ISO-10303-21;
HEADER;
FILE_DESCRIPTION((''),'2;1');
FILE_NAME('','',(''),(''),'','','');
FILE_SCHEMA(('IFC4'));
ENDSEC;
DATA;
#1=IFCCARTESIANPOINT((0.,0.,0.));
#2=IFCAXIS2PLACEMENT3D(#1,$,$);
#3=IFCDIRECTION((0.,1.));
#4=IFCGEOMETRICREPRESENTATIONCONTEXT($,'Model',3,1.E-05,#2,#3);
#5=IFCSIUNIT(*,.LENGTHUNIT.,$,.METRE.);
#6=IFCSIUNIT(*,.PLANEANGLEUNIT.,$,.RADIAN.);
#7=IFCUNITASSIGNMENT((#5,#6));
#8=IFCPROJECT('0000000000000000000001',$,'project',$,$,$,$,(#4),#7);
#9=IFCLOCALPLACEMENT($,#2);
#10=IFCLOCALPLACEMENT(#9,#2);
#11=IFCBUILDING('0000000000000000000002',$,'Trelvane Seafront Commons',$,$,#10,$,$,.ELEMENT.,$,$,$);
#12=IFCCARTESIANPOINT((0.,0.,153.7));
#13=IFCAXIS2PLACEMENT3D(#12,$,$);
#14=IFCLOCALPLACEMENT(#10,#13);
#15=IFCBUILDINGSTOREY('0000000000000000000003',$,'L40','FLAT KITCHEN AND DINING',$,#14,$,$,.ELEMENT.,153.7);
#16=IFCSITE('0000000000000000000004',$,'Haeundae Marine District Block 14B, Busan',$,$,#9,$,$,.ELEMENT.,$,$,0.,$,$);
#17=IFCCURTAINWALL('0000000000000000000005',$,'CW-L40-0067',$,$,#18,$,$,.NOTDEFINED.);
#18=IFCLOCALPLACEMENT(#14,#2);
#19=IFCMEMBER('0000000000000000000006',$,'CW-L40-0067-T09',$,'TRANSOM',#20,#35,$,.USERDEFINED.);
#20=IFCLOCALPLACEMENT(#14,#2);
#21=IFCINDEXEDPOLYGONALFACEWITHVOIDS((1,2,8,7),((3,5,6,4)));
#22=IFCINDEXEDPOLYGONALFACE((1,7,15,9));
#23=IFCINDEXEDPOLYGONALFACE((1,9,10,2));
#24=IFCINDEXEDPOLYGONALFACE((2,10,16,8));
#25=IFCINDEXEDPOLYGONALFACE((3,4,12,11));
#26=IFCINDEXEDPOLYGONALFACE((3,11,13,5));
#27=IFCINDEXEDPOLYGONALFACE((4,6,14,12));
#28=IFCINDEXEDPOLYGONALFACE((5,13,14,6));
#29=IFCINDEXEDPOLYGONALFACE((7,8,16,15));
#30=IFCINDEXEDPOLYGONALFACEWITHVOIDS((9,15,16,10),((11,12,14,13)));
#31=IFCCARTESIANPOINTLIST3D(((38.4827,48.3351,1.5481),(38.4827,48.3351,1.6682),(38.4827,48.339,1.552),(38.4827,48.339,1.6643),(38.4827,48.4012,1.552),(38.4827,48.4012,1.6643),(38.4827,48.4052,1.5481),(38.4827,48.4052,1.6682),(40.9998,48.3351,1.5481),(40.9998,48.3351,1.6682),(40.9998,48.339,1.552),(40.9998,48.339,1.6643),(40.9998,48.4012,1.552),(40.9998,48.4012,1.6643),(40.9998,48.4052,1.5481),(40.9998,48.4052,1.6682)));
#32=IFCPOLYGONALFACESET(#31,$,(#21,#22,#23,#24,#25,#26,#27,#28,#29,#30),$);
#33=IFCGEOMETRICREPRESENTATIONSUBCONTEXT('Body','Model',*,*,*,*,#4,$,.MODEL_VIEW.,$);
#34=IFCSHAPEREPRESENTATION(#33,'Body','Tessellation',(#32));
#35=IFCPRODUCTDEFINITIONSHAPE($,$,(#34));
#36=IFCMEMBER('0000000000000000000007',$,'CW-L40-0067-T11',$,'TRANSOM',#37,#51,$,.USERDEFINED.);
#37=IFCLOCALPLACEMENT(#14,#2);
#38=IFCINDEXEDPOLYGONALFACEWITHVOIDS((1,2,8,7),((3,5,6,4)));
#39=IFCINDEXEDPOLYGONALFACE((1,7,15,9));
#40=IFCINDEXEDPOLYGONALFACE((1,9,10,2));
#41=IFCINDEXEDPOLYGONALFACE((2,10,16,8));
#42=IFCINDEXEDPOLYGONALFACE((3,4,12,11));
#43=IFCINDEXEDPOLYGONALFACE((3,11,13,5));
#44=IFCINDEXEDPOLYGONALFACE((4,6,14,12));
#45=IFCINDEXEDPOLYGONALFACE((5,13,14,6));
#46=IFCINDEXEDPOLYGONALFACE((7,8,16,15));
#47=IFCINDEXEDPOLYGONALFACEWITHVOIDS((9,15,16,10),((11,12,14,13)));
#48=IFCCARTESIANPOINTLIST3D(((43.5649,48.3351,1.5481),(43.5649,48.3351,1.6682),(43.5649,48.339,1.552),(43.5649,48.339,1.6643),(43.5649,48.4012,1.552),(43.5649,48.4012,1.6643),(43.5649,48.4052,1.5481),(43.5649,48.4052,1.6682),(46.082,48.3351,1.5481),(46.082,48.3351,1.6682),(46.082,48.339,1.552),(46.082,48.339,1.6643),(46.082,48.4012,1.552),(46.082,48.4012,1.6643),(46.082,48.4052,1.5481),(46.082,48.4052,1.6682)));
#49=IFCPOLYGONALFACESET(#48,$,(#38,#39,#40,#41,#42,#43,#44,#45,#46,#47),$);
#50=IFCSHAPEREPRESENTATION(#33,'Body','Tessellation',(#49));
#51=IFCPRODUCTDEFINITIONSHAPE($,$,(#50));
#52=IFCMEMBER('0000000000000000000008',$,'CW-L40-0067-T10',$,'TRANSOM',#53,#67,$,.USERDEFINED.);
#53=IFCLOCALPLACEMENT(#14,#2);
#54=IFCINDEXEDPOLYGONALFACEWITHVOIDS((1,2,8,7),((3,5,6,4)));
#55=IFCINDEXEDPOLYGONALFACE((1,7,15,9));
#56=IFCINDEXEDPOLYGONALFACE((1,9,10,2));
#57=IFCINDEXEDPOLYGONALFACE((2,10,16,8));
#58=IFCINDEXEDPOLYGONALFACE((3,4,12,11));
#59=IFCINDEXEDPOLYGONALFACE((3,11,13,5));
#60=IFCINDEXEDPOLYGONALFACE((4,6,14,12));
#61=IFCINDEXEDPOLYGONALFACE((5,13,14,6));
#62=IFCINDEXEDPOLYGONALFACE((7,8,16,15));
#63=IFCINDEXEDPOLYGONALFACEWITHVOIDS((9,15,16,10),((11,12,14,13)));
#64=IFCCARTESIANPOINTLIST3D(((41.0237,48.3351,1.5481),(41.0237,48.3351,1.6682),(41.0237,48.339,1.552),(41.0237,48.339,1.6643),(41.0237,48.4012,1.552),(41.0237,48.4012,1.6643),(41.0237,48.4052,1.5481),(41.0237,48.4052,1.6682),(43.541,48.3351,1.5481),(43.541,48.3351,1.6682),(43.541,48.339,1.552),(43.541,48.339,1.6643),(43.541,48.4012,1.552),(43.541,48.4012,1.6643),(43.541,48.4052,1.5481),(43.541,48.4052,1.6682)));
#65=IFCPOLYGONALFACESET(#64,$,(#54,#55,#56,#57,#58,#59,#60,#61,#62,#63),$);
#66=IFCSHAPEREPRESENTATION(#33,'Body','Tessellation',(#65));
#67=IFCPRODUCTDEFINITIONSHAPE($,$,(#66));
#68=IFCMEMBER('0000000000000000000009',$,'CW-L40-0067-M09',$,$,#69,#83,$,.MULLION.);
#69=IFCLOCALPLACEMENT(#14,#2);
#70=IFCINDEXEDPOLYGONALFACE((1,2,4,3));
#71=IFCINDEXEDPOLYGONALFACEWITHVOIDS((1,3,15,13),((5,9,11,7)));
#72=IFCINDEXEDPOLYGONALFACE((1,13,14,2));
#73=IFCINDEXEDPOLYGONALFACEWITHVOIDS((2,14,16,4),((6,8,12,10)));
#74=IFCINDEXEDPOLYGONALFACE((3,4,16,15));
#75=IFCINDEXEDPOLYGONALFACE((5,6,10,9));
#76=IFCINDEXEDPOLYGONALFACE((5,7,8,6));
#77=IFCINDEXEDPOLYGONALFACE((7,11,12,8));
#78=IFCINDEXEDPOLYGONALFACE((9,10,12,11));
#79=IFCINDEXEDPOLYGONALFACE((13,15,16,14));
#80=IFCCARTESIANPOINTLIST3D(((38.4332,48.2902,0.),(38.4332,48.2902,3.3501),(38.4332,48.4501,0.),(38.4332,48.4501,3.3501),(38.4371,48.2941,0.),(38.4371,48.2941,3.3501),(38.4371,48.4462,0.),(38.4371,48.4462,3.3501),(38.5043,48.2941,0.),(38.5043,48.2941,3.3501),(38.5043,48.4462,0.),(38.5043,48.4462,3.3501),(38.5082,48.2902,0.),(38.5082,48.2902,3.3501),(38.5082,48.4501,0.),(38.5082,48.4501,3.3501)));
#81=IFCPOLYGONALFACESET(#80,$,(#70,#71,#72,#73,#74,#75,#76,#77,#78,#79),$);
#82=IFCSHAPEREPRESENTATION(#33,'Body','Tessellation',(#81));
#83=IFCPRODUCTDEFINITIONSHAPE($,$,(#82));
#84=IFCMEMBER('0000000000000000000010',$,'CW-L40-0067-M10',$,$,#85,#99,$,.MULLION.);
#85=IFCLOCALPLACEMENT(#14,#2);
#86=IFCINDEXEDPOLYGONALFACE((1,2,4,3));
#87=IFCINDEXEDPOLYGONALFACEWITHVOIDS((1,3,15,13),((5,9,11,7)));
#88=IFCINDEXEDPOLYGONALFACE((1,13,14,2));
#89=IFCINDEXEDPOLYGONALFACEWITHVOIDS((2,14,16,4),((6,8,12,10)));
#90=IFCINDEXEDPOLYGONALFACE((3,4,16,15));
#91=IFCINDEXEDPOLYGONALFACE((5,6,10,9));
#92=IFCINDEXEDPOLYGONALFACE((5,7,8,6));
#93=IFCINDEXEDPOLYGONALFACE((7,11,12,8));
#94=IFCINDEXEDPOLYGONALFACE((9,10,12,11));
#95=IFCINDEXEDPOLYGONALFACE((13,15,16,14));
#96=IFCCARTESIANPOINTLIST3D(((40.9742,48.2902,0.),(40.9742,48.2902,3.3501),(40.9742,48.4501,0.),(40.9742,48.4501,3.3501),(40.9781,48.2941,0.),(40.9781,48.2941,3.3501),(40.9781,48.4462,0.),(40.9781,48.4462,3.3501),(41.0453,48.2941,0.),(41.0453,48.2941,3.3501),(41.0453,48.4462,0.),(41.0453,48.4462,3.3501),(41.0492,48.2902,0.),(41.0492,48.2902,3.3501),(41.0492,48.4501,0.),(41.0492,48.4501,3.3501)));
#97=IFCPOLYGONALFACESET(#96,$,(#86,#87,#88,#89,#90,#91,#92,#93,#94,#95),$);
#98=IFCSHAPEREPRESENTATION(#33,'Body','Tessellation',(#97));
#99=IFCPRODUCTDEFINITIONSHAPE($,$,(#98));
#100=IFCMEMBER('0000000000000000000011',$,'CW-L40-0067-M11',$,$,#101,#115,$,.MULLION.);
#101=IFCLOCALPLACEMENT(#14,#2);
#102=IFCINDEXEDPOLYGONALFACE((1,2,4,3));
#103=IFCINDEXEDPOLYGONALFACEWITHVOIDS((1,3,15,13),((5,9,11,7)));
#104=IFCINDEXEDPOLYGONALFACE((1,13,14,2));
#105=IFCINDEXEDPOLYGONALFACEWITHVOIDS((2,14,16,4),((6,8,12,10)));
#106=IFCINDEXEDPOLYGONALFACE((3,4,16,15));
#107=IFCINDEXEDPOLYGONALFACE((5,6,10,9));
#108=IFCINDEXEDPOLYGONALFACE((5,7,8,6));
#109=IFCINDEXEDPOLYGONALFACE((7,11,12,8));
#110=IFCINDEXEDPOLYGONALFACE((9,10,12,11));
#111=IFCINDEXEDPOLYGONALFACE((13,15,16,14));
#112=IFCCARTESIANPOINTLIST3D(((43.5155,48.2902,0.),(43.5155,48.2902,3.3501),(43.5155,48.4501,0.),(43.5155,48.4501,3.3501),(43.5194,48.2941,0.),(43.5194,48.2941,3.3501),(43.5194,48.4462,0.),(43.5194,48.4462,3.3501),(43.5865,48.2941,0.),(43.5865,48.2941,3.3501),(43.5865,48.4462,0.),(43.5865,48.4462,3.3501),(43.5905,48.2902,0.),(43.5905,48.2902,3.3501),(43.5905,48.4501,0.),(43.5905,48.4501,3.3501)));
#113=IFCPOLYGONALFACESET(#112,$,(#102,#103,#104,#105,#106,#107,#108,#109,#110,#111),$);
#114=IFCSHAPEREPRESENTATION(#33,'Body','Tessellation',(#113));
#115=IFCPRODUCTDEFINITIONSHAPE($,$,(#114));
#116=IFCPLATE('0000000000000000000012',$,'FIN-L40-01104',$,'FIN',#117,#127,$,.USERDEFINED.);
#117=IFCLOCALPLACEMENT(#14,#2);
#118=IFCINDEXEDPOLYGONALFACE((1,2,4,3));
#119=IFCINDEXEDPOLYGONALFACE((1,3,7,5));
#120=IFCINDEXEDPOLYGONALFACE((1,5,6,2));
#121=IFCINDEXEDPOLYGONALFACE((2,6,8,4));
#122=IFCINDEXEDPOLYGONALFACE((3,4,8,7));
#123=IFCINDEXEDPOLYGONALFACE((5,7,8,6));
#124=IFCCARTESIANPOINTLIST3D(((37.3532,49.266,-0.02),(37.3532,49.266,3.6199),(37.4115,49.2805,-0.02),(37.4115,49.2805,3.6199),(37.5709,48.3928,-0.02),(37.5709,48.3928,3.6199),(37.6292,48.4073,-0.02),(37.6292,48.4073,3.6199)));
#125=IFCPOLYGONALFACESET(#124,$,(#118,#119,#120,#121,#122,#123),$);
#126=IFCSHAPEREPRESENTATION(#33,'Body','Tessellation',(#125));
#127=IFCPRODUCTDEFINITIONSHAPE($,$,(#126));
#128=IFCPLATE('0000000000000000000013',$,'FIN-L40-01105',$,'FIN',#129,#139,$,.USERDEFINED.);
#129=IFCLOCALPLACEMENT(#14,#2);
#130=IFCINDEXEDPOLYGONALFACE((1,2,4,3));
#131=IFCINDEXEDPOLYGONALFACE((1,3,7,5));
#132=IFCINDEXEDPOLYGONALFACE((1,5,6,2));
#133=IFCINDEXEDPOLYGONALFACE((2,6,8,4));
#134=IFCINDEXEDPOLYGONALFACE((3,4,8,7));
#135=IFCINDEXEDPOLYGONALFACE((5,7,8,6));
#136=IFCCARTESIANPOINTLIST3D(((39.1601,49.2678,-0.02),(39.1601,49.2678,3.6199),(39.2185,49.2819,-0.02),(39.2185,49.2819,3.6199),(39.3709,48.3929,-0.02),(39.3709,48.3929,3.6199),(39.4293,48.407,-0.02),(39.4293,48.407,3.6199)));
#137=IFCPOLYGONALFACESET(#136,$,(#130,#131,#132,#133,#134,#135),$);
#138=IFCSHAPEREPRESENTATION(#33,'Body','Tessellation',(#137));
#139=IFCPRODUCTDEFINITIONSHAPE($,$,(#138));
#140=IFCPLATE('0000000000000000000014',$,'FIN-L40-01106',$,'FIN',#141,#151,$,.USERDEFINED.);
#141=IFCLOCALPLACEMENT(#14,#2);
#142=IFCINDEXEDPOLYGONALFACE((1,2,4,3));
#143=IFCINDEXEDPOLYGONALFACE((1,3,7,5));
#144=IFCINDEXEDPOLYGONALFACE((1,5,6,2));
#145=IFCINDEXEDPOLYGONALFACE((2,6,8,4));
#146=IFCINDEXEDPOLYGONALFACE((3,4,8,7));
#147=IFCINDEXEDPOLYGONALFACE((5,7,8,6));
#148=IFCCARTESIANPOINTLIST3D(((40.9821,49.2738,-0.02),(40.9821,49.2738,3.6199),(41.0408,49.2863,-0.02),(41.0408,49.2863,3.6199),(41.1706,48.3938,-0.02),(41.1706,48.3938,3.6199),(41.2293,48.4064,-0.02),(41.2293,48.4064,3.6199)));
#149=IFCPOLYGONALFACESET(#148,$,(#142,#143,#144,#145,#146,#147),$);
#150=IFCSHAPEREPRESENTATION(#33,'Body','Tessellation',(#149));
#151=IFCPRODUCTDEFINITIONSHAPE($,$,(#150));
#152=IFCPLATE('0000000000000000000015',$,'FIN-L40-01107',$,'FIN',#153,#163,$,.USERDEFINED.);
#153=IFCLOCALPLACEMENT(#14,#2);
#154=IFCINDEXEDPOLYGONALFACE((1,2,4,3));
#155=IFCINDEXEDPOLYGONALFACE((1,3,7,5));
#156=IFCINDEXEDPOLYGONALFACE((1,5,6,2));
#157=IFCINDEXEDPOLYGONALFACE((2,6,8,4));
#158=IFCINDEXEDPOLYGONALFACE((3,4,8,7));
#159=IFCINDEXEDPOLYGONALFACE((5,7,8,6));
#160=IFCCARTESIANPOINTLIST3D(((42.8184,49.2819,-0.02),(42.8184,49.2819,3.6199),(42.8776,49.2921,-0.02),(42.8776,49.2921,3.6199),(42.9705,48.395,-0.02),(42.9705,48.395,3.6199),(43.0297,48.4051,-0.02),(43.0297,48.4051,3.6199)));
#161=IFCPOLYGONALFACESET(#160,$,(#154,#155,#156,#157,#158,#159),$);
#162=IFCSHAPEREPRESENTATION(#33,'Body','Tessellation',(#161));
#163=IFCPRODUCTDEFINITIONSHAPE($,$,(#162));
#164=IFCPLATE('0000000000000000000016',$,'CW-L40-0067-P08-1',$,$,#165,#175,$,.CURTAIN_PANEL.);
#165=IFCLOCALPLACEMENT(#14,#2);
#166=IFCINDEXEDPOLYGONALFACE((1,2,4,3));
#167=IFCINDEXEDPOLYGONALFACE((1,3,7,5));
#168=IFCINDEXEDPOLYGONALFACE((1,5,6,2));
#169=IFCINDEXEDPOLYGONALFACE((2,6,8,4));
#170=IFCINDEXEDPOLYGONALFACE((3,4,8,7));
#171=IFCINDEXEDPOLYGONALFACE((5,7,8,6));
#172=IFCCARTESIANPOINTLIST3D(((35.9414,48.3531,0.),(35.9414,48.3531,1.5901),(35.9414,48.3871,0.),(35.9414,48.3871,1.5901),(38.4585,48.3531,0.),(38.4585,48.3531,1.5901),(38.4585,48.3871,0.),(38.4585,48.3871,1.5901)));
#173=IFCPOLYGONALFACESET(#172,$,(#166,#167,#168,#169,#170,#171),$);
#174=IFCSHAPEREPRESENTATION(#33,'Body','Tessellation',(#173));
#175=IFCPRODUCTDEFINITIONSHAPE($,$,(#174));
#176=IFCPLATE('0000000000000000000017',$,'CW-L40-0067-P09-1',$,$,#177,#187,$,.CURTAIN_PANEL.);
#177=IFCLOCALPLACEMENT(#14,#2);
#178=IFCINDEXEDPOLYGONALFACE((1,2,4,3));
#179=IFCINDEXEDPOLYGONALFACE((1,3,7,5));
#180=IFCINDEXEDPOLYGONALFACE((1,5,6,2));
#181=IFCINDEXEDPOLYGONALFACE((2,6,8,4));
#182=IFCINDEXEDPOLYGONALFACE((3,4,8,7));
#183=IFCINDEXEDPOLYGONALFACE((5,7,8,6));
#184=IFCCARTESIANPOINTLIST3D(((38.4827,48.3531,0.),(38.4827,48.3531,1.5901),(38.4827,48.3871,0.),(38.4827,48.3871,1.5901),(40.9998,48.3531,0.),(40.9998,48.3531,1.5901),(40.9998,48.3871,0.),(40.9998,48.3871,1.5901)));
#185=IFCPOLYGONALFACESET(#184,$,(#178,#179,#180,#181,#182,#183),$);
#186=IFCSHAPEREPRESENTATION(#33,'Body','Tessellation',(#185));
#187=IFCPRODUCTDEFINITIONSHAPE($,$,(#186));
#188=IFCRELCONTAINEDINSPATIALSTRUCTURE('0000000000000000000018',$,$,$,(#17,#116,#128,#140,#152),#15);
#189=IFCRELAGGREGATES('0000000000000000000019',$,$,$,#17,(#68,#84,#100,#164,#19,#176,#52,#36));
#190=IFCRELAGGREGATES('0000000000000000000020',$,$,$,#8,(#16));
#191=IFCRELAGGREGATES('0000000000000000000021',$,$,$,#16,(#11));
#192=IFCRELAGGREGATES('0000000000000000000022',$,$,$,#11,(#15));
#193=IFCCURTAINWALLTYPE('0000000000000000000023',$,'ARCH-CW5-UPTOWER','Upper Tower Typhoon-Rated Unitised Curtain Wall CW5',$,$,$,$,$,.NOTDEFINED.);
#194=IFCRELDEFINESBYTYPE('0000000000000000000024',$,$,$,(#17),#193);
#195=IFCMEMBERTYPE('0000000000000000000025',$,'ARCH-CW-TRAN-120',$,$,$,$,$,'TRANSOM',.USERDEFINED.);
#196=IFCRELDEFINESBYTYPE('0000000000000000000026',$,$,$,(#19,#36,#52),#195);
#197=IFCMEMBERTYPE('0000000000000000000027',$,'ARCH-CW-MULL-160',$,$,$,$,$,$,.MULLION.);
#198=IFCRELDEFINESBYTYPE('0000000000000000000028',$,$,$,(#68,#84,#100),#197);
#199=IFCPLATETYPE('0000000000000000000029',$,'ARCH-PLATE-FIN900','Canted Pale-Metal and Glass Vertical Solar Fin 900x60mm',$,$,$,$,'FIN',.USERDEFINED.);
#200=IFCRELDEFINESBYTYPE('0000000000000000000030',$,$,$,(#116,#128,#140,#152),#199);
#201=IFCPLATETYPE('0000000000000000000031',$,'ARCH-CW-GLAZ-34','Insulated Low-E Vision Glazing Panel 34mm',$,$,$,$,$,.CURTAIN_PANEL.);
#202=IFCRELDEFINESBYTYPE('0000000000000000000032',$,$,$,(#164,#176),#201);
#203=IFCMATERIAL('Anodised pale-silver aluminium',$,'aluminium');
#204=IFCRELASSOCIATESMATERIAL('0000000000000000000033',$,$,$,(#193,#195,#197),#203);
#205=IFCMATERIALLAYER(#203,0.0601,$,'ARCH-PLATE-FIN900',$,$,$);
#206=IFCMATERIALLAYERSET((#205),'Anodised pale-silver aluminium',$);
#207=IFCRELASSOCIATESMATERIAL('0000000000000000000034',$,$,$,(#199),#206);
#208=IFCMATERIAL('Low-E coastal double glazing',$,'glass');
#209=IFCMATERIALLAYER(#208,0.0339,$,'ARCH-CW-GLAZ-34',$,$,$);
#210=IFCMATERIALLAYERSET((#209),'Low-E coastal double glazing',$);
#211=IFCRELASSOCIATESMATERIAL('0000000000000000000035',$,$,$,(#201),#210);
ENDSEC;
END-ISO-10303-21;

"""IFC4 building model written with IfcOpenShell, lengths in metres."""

from ifc_helpers import new_model, si_unit, direction, frame, origin, origin_2d, place, context, subcontext, project, spatial, rectangle, hollow_rectangle, extrude, source, transform, mapped, material, layer, layer_set, material_profile, profile_set, type_object, element, aggregate, save


model = new_model("IFC4")

# Units and contexts
model_context = context("Model", 3, precision=1e-05, world=origin(), true_north=direction((0.0, 1.0)))
body_context = subcontext(model_context, "Body", "Model", "MODEL_VIEW")
ifc_project = project(units=[si_unit("LENGTHUNIT", "METRE"), si_unit("PLANEANGLEUNIT", "RADIAN")], contexts=[model_context])

# Site, building, storey
site_placement = place(None, origin())
site = spatial("IfcSite", under=ifc_project, at=site_placement, Name="Haeundae Marine District Block 14B, Busan", CompositionType="ELEMENT", RefElevation=0.0)
building_placement = place(site_placement, origin())
building = spatial("IfcBuilding", under=site, at=building_placement, Name="Trelvane Seafront Commons", CompositionType="ELEMENT")
storey_placement = place(building_placement, frame((0.0, 0.0, 153.7)))
storey = spatial("IfcBuildingStorey", under=building, at=storey_placement, Name="L40", Description="FLAT KITCHEN AND DINING", CompositionType="ELEMENT", Elevation=153.7)

# Curtain wall, members
ifc_material_1 = material(Name="Anodised pale-silver aluminium", Category="aluminium")
curtain_wall_type = type_object("IfcCurtainWallType", Name="ARCH-CW5-UPTOWER", Description="Upper Tower Typhoon-Rated Unitised Curtain Wall CW5", PredefinedType="NOTDEFINED", material=ifc_material_1)
curtain_wall_placement = place(storey_placement, origin())
curtain_wall = element("IfcCurtainWall", 1, at=curtain_wall_placement, inside=storey, type_object=curtain_wall_type, Name="CW-L40-0067", PredefinedType="NOTDEFINED")
ifc_material_profile_1 = material_profile(ifc_material_1, hollow_rectangle(XDim=0.0701, YDim=0.1201, WallThickness=0.0039, at=origin_2d()), Name="TRAN-70x120x4")
ifc_profile_set_1 = profile_set([ifc_material_profile_1], Name="Anodised pale-silver aluminium")
member_type_1 = type_object("IfcMemberType", Name="ARCH-CW-TRAN-120", ElementType="TRANSOM", PredefinedType="USERDEFINED", material=ifc_profile_set_1)
shared_shape_1 = source(origin(), body_context, "Body", "SweptSolid", [
    extrude(hollow_rectangle(XDim=0.0701, YDim=0.1201, WallThickness=0.0039, at=origin_2d()), origin(), (0.0, 0.0, 1.0), 2.5171),
])
member_1_placement = place(storey_placement, frame((38.4827, 48.3701, 1.6082), z_axis=(1.0, 0.0, 0.0), x_axis=(0.0, 1.0, 0.0)))
member_1 = element("IfcMember", 2, at=member_1_placement, type_object=member_type_1, Name="CW-L40-0067-T09", ObjectType="TRANSOM", PredefinedType="USERDEFINED", context=body_context, shape_type="MappedRepresentation", body=[
    mapped(shared_shape_1, transform((0.0, 0.0, 0.0), x_axis=(1.0, 0.0, 0.0), y_axis=(0.0, 1.0, 0.0), z_axis=(0.0, 0.0, 1.0), scale=1.0)),
])
member_2_placement = place(storey_placement, frame((43.5649, 48.3701, 1.6082), z_axis=(1.0, 0.0, 0.0), x_axis=(0.0, 1.0, 0.0)))
member_2 = element("IfcMember", 3, at=member_2_placement, type_object=member_type_1, Name="CW-L40-0067-T11", ObjectType="TRANSOM", PredefinedType="USERDEFINED", context=body_context, shape_type="MappedRepresentation", body=[
    mapped(shared_shape_1, transform((0.0, 0.0, 0.0), x_axis=(1.0, 0.0, 0.0), y_axis=(0.0, 1.0, 0.0), z_axis=(0.0, 0.0, 1.0), scale=1.0)),
])
shared_shape_2 = source(origin(), body_context, "Body", "SweptSolid", [
    extrude(hollow_rectangle(XDim=0.0701, YDim=0.1201, WallThickness=0.0039, at=origin_2d()), origin(), (0.0, 0.0, 1.0), 2.5173),
])
member_3_placement = place(storey_placement, frame((41.0237, 48.3701, 1.6082), z_axis=(1.0, 0.0, 0.0), x_axis=(0.0, 1.0, 0.0)))
member_3 = element("IfcMember", 4, at=member_3_placement, type_object=member_type_1, Name="CW-L40-0067-T10", ObjectType="TRANSOM", PredefinedType="USERDEFINED", context=body_context, shape_type="MappedRepresentation", body=[
    mapped(shared_shape_2, transform((0.0, 0.0, 0.0), x_axis=(1.0, 0.0, 0.0), y_axis=(0.0, 1.0, 0.0), z_axis=(0.0, 0.0, 1.0), scale=1.0)),
])
ifc_material_profile_2 = material_profile(ifc_material_1, hollow_rectangle(XDim=0.075, YDim=0.1599, WallThickness=0.0039, at=origin_2d()), Name="MULL-75x160x4")
ifc_profile_set_2 = profile_set([ifc_material_profile_2], Name="Anodised pale-silver aluminium")
member_type_2 = type_object("IfcMemberType", Name="ARCH-CW-MULL-160", PredefinedType="MULLION", material=ifc_profile_set_2)
shared_shape_3 = source(origin(), body_context, "Body", "SweptSolid", [
    extrude(hollow_rectangle(XDim=0.075, YDim=0.1599, WallThickness=0.0039, at=origin_2d()), origin(), (0.0, 0.0, 1.0), 3.3501),
])
member_4_placement = place(storey_placement, frame((38.4707, 48.3701, 0.0), z_axis=(0.0, 0.0, 1.0), x_axis=(1.0, 0.0, 0.0)))
member_4 = element("IfcMember", 5, at=member_4_placement, type_object=member_type_2, Name="CW-L40-0067-M09", PredefinedType="MULLION", context=body_context, shape_type="MappedRepresentation", body=[
    mapped(shared_shape_3, transform((0.0, 0.0, 0.0), x_axis=(1.0, 0.0, 0.0), y_axis=(0.0, 1.0, 0.0), z_axis=(0.0, 0.0, 1.0), scale=1.0)),
])
member_5_placement = place(storey_placement, frame((41.0117, 48.3701, 0.0), z_axis=(0.0, 0.0, 1.0), x_axis=(1.0, 0.0, 0.0)))
member_5 = element("IfcMember", 6, at=member_5_placement, type_object=member_type_2, Name="CW-L40-0067-M10", PredefinedType="MULLION", context=body_context, shape_type="MappedRepresentation", body=[
    mapped(shared_shape_3, transform((0.0, 0.0, 0.0), x_axis=(1.0, 0.0, 0.0), y_axis=(0.0, 1.0, 0.0), z_axis=(0.0, 0.0, 1.0), scale=1.0)),
])
member_6_placement = place(storey_placement, frame((43.553, 48.3701, 0.0), z_axis=(0.0, 0.0, 1.0), x_axis=(1.0, 0.0, 0.0)))
member_6 = element("IfcMember", 7, at=member_6_placement, type_object=member_type_2, Name="CW-L40-0067-M11", PredefinedType="MULLION", context=body_context, shape_type="MappedRepresentation", body=[
    mapped(shared_shape_3, transform((0.0, 0.0, 0.0), x_axis=(1.0, 0.0, 0.0), y_axis=(0.0, 1.0, 0.0), z_axis=(0.0, 0.0, 1.0), scale=1.0)),
])

# Plates
ifc_layer_1 = layer(ifc_material_1, 0.0601, Name="ARCH-PLATE-FIN900")
ifc_layer_set_1 = layer_set([ifc_layer_1], Name="Anodised pale-silver aluminium")
plate_type_1 = type_object("IfcPlateType", Name="ARCH-PLATE-FIN900", Description="Canted Pale-Metal and Glass Vertical Solar Fin 900x60mm", ElementType="FIN", PredefinedType="USERDEFINED", material=ifc_layer_set_1)
shared_shape_4 = source(origin(), body_context, "Body", "SweptSolid", [
    extrude(rectangle(XDim=0.8999, YDim=0.0601, at=origin_2d()), origin(), (0.0, 0.0, 1.0), 3.6399),
])
for number, where, z_axis, x_axis, name in (
    (8, (37.4912, 48.8367, -0.02), (0.0, 0.0, 1.0), (-0.241881, 0.970306, 0.0), "FIN-L40-01104"),
    (9, (39.2947, 48.8374, -0.02), (0.0, 0.0, 1.0), (-0.234214, 0.972185, 0.0), "FIN-L40-01105"),
    (10, (41.1057, 48.8401, -0.02), (0.0, 0.0, 1.0), (-0.209453, 0.977819, 0.0), "FIN-L40-01106"),
    (11, (42.9241, 48.8435, -0.02), (0.0, 0.0, 1.0), (-0.169011, 0.985614, 0.0), "FIN-L40-01107"),
):
    element("IfcPlate", number, at=place(storey_placement, frame(where, z_axis=z_axis, x_axis=x_axis)), inside=storey, type_object=plate_type_1, Name=name, ObjectType="FIN", PredefinedType="USERDEFINED", context=body_context, shape_type="MappedRepresentation", body=[
        mapped(shared_shape_4, transform((0.0, 0.0, 0.0), x_axis=(1.0, 0.0, 0.0), y_axis=(0.0, 1.0, 0.0), z_axis=(0.0, 0.0, 1.0), scale=1.0)),
    ])

# Plates
ifc_material_2 = material(Name="Low-E coastal double glazing", Category="glass")
ifc_layer_2 = layer(ifc_material_2, 0.0339, Name="ARCH-CW-GLAZ-34")
ifc_layer_set_2 = layer_set([ifc_layer_2], Name="Low-E coastal double glazing")
plate_type_2 = type_object("IfcPlateType", Name="ARCH-CW-GLAZ-34", Description="Insulated Low-E Vision Glazing Panel 34mm", PredefinedType="CURTAIN_PANEL", material=ifc_layer_set_2)
shared_shape_5 = source(origin(), body_context, "Body", "SweptSolid", [
    extrude(rectangle(XDim=2.5171, YDim=0.0339, at=origin_2d()), origin(), (0.0, 0.0, 1.0), 1.5901),
])
plate_1_placement = place(storey_placement, frame((37.2, 48.3701, 0.0), z_axis=(0.0, 0.0, 1.0), x_axis=(1.0, 0.0, 0.0)))
plate_1 = element("IfcPlate", 12, at=plate_1_placement, type_object=plate_type_2, Name="CW-L40-0067-P08-1", PredefinedType="CURTAIN_PANEL", context=body_context, shape_type="MappedRepresentation", body=[
    mapped(shared_shape_5, transform((0.0, 0.0, 0.0), x_axis=(1.0, 0.0, 0.0), y_axis=(0.0, 1.0, 0.0), z_axis=(0.0, 0.0, 1.0), scale=1.0)),
])
plate_2_placement = place(storey_placement, frame((39.7412, 48.3701, 0.0), z_axis=(0.0, 0.0, 1.0), x_axis=(1.0, 0.0, 0.0)))
plate_2 = element("IfcPlate", 13, at=plate_2_placement, type_object=plate_type_2, Name="CW-L40-0067-P09-1", PredefinedType="CURTAIN_PANEL", context=body_context, shape_type="MappedRepresentation", body=[
    mapped(shared_shape_5, transform((0.0, 0.0, 0.0), x_axis=(1.0, 0.0, 0.0), y_axis=(0.0, 1.0, 0.0), z_axis=(0.0, 0.0, 1.0), scale=1.0)),
])
aggregate(curtain_wall, [member_4, member_5, member_6, plate_1, member_1, plate_2, member_3, member_2])

save(model, "model.ifc")
